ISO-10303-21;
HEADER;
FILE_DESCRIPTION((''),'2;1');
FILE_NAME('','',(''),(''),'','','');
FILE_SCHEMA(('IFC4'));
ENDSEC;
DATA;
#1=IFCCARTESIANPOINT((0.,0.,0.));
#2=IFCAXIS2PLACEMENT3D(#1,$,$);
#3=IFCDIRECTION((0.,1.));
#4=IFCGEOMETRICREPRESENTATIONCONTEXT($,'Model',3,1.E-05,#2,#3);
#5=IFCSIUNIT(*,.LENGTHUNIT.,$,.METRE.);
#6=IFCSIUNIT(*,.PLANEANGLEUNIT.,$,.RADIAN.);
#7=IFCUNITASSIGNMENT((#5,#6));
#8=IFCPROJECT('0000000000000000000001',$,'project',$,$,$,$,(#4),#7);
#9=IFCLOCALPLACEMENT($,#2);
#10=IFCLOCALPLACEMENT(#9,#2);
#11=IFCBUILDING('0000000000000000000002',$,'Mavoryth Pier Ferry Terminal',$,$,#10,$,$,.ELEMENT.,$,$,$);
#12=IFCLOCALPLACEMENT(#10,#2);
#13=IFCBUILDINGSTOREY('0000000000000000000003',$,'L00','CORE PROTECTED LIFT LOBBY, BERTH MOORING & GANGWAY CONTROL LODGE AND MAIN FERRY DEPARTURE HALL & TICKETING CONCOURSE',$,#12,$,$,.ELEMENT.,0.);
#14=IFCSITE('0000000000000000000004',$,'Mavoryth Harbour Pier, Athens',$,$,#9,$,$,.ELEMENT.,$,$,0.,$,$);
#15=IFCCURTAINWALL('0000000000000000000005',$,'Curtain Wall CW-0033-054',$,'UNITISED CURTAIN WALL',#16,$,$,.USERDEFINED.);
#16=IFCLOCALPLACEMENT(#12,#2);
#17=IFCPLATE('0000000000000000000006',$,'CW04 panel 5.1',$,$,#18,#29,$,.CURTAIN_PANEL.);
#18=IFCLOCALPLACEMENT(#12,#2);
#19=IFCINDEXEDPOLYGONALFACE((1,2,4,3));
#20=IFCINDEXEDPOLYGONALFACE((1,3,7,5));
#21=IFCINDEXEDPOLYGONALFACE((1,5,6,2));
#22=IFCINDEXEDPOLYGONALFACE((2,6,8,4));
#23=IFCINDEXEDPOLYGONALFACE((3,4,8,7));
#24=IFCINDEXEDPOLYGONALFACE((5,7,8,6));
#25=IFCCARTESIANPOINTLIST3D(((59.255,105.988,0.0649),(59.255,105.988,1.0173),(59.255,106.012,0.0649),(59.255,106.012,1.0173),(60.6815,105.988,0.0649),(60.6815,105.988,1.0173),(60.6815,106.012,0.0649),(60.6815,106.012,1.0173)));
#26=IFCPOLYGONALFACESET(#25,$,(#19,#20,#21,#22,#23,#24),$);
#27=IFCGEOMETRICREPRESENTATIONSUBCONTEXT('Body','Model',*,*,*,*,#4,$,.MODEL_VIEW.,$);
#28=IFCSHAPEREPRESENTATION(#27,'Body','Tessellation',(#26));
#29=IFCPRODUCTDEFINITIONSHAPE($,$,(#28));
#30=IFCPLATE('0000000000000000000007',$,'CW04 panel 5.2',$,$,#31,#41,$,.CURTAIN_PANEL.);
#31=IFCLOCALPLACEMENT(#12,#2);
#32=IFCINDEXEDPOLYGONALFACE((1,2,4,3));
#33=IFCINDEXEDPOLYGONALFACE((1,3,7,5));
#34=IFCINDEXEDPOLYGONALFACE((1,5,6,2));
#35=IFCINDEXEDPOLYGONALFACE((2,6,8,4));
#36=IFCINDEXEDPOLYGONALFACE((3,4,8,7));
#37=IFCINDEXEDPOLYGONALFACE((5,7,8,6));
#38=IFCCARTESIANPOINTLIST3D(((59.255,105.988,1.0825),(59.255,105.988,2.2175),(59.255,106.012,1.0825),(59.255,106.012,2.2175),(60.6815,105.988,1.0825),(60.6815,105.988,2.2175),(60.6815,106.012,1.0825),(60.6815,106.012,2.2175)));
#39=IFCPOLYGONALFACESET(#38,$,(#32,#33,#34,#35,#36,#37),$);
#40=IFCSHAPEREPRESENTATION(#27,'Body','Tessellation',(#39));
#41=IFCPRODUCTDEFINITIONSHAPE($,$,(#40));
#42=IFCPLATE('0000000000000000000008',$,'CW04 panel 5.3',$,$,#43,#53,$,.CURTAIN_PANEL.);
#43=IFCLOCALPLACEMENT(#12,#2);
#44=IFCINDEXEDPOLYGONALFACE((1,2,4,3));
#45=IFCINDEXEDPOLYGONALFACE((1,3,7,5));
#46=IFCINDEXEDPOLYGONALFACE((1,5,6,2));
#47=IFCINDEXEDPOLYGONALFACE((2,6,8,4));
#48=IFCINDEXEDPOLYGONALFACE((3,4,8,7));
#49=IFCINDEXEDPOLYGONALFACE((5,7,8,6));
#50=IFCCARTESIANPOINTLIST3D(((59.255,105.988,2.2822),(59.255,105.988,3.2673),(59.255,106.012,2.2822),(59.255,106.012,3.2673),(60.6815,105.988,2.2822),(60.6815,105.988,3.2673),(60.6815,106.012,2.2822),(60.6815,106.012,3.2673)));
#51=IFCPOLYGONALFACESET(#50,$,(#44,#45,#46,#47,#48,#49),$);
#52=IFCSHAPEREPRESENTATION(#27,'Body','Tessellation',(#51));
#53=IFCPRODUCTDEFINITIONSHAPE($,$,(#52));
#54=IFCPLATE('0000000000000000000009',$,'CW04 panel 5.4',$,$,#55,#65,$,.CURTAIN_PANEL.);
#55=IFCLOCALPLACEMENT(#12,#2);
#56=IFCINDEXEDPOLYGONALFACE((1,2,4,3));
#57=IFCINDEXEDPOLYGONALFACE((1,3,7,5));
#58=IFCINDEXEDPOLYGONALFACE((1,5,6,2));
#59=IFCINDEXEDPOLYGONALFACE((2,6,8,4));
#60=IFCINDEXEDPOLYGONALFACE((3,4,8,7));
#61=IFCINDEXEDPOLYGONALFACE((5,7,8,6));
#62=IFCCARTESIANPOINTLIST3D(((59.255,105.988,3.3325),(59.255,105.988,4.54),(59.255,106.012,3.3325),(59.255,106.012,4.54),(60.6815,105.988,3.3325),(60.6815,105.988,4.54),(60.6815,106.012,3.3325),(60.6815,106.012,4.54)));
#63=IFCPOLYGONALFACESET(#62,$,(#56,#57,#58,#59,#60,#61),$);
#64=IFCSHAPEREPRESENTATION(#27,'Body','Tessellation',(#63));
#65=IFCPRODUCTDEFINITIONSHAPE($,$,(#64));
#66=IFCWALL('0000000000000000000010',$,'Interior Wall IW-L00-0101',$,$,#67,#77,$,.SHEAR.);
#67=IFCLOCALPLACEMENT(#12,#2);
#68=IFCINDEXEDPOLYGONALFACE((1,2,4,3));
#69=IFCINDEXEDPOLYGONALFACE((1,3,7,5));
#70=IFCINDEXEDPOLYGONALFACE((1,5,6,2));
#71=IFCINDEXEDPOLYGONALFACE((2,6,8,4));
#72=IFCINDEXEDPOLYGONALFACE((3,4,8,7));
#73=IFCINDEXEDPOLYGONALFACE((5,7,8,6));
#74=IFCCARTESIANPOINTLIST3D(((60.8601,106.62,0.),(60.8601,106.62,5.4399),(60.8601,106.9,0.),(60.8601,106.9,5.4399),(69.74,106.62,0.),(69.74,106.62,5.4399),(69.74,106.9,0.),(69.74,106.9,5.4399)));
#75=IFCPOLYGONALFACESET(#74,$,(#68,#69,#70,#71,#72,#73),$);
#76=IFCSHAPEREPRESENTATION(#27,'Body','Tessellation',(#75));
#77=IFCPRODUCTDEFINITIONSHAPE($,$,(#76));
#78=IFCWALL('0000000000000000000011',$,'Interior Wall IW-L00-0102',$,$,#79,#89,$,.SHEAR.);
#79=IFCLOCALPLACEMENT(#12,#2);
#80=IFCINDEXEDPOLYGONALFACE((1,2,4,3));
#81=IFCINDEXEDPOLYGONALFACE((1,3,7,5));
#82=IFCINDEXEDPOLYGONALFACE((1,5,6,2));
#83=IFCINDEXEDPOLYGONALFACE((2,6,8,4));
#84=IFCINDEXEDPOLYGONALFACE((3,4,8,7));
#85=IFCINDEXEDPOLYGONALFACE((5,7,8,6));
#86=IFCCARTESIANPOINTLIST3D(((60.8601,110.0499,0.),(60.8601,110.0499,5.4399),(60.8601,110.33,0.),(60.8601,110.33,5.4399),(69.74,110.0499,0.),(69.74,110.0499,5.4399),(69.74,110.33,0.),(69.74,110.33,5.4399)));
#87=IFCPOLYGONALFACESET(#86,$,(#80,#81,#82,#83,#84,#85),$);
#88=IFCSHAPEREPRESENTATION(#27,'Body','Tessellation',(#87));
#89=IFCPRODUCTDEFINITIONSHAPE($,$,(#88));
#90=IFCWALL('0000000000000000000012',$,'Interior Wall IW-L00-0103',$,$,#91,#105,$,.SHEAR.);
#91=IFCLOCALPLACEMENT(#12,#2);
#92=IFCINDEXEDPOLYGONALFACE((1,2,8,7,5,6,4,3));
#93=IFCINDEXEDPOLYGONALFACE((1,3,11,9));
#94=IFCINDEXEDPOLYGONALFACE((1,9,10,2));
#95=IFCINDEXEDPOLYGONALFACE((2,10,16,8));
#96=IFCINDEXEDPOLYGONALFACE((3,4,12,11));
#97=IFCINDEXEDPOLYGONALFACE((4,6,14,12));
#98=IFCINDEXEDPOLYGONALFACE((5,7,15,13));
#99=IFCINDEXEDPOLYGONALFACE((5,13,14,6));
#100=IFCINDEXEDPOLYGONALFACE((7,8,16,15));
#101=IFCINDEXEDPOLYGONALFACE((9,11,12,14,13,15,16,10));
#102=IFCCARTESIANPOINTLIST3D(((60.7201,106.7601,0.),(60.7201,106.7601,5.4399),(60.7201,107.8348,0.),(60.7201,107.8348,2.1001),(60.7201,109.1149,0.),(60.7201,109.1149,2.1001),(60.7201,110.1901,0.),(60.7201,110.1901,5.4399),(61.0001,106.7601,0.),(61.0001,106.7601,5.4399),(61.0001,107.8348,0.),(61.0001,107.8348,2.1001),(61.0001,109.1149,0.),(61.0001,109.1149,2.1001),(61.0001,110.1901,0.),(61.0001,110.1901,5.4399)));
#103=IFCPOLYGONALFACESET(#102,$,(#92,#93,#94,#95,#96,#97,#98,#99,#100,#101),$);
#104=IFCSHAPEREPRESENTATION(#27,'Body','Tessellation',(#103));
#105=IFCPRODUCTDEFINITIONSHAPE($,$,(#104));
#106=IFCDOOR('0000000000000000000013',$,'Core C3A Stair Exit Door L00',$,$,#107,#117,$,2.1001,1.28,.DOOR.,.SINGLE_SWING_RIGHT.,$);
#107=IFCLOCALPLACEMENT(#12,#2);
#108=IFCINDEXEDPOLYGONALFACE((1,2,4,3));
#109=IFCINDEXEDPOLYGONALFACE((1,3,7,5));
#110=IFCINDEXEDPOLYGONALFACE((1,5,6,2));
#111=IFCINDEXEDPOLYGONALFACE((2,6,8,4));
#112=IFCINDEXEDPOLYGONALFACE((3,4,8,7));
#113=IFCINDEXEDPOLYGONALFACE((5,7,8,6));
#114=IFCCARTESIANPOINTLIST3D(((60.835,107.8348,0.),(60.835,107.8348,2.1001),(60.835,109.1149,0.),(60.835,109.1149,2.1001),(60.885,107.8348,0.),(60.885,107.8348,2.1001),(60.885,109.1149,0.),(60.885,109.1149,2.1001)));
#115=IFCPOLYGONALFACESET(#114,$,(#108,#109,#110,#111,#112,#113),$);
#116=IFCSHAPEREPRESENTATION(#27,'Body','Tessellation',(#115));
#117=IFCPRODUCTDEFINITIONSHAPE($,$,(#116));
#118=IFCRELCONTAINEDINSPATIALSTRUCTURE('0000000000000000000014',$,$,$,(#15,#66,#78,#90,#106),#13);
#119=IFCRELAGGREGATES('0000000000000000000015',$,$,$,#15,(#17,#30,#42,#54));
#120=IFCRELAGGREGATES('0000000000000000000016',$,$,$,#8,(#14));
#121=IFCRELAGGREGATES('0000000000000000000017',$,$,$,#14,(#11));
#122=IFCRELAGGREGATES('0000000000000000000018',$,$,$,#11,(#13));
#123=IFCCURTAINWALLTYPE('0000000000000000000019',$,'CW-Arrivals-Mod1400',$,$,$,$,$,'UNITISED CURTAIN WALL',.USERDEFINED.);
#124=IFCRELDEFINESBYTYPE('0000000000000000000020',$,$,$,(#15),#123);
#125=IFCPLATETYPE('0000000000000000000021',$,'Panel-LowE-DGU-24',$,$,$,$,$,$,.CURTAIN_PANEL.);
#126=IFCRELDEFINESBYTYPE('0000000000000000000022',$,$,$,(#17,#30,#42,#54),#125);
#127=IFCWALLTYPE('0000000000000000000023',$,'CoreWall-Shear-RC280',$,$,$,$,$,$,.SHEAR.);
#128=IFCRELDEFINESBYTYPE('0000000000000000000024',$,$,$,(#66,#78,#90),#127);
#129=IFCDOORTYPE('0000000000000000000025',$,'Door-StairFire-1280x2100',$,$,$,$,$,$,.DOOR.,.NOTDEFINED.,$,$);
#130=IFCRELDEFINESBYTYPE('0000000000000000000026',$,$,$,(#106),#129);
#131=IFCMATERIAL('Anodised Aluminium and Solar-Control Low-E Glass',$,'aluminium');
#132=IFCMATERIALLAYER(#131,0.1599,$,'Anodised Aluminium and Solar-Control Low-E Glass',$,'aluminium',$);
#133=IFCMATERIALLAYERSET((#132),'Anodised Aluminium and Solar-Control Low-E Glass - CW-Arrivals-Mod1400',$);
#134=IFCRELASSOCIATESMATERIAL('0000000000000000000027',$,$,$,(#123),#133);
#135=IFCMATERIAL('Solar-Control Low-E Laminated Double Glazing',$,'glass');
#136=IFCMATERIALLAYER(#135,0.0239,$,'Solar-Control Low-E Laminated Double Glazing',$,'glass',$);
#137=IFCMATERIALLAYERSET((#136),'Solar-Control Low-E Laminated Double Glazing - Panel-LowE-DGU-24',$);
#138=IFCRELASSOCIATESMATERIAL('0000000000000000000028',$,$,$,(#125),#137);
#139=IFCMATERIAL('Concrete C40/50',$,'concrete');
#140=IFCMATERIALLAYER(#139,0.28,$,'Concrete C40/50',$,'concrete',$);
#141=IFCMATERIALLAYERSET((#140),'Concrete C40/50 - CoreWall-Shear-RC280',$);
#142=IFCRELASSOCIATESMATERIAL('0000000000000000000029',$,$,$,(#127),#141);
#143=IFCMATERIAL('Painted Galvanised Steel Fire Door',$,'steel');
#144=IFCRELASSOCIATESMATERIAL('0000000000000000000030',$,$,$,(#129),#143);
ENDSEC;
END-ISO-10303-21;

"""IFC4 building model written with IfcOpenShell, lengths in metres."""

from ifc_helpers import new_model, si_unit, direction, frame, frame_2d, origin, origin_2d, place, context, subcontext, project, spatial, rectangle, extrude, material, layer, layer_set, type_object, element, fill, aggregate, save


model = new_model("IFC4")

# Units and contexts
model_context = context("Model", 3, precision=1e-05, world=origin(), true_north=direction((0.0, 1.0)))
body_context = subcontext(model_context, "Body", "Model", "MODEL_VIEW")
ifc_project = project(units=[si_unit("LENGTHUNIT", "METRE"), si_unit("PLANEANGLEUNIT", "RADIAN")], contexts=[model_context])

# Site, building, storey
site_placement = place(None, origin())
site = spatial("IfcSite", under=ifc_project, at=site_placement, Name="Mavoryth Harbour Pier, Athens", CompositionType="ELEMENT", RefElevation=0.0)
building_placement = place(site_placement, origin())
building = spatial("IfcBuilding", under=site, at=building_placement, Name="Mavoryth Pier Ferry Terminal", CompositionType="ELEMENT")
storey_placement = place(building_placement, origin())
storey = spatial("IfcBuildingStorey", under=building, at=storey_placement, Name="L00", Description="CORE PROTECTED LIFT LOBBY, BERTH MOORING & GANGWAY CONTROL LODGE AND MAIN FERRY DEPARTURE HALL & TICKETING CONCOURSE", CompositionType="ELEMENT", Elevation=0.0)

# Curtain wall, plates
ifc_material_1 = material(Name="Anodised Aluminium and Solar-Control Low-E Glass", Category="aluminium")
ifc_layer_1 = layer(ifc_material_1, 0.1599, Name="Anodised Aluminium and Solar-Control Low-E Glass", Category="aluminium")
ifc_layer_set_1 = layer_set([ifc_layer_1], Name="Anodised Aluminium and Solar-Control Low-E Glass - CW-Arrivals-Mod1400")
curtain_wall_type = type_object("IfcCurtainWallType", Name="CW-Arrivals-Mod1400", ElementType="UNITISED CURTAIN WALL", PredefinedType="USERDEFINED", material=ifc_layer_set_1)
curtain_wall_placement = place(storey_placement, origin())
curtain_wall = element("IfcCurtainWall", 1, at=curtain_wall_placement, inside=storey, type_object=curtain_wall_type, Name="Curtain Wall CW-0033-054", ObjectType="UNITISED CURTAIN WALL", PredefinedType="USERDEFINED")
ifc_material_2 = material(Name="Solar-Control Low-E Laminated Double Glazing", Category="glass")
ifc_layer_2 = layer(ifc_material_2, 0.0239, Name="Solar-Control Low-E Laminated Double Glazing", Category="glass")
ifc_layer_set_2 = layer_set([ifc_layer_2], Name="Solar-Control Low-E Laminated Double Glazing - Panel-LowE-DGU-24")
plate_type = type_object("IfcPlateType", Name="Panel-LowE-DGU-24", PredefinedType="CURTAIN_PANEL", material=ifc_layer_set_2)
plate_1_placement = place(storey_placement, frame((59.9683, 106.0, 0.0649), z_axis=(0.0, 0.0, 1.0), x_axis=(-1.0, 0.0, 0.0)))
plate_1 = element("IfcPlate", 2, at=plate_1_placement, type_object=plate_type, Name="CW04 panel 5.1", PredefinedType="CURTAIN_PANEL", context=body_context, shape_type="SweptSolid", body=[
    extrude(rectangle(XDim=1.4265, YDim=0.0239, at=origin_2d()), origin(), (0.0, 0.0, 1.0), 0.9524),
])
plate_2_placement = place(storey_placement, frame((59.9683, 106.0, 1.0825), z_axis=(0.0, 0.0, 1.0), x_axis=(-1.0, 0.0, 0.0)))
plate_2 = element("IfcPlate", 3, at=plate_2_placement, type_object=plate_type, Name="CW04 panel 5.2", PredefinedType="CURTAIN_PANEL", context=body_context, shape_type="SweptSolid", body=[
    extrude(rectangle(XDim=1.4265, YDim=0.0239, at=origin_2d()), origin(), (0.0, 0.0, 1.0), 1.135),
])
plate_3_placement = place(storey_placement, frame((59.9683, 106.0, 2.2822), z_axis=(0.0, 0.0, 1.0), x_axis=(-1.0, 0.0, 0.0)))
plate_3 = element("IfcPlate", 4, at=plate_3_placement, type_object=plate_type, Name="CW04 panel 5.3", PredefinedType="CURTAIN_PANEL", context=body_context, shape_type="SweptSolid", body=[
    extrude(rectangle(XDim=1.4265, YDim=0.0239, at=origin_2d()), origin(), (0.0, 0.0, 1.0), 0.9851),
])
plate_4_placement = place(storey_placement, frame((59.9683, 106.0, 3.3325), z_axis=(0.0, 0.0, 1.0), x_axis=(-1.0, 0.0, 0.0)))
plate_4 = element("IfcPlate", 5, at=plate_4_placement, type_object=plate_type, Name="CW04 panel 5.4", PredefinedType="CURTAIN_PANEL", context=body_context, shape_type="SweptSolid", body=[
    extrude(rectangle(XDim=1.4265, YDim=0.0239, at=origin_2d()), origin(), (0.0, 0.0, 1.0), 1.2075),
])
aggregate(curtain_wall, [plate_1, plate_2, plate_3, plate_4])

# Walls
ifc_material_3 = material(Name="Concrete C40/50", Category="concrete")
ifc_layer_3 = layer(ifc_material_3, 0.28, Name="Concrete C40/50", Category="concrete")
ifc_layer_set_3 = layer_set([ifc_layer_3], Name="Concrete C40/50 - CoreWall-Shear-RC280")
wall_type = type_object("IfcWallType", Name="CoreWall-Shear-RC280", PredefinedType="SHEAR", material=ifc_layer_set_3)
for number, where, z_axis, x_axis, name in (
    (6, (60.8601, 106.76, 0.0), (0.0, 0.0, 1.0), (1.0, 0.0, 0.0), "Interior Wall IW-L00-0101"),
    (7, (60.8601, 110.1899, 0.0), (0.0, 0.0, 1.0), (1.0, 0.0, 0.0), "Interior Wall IW-L00-0102"),
):
    element("IfcWall", number, at=place(storey_placement, frame(where, z_axis=z_axis, x_axis=x_axis)), inside=storey, type_object=wall_type, Name=name, PredefinedType="SHEAR", context=body_context, shape_type="SweptSolid", body=[
        extrude(rectangle(XDim=8.8799, YDim=0.28, at=frame_2d((4.4399, 0.0))), origin(), (0.0, 0.0, 1.0), 5.4399),
    ])

# Wall, opening, door
wall_placement = place(storey_placement, frame((60.8601, 110.1899, 0.0), z_axis=(0.0, 0.0, 1.0), x_axis=(0.0, -1.0, 0.0)))
wall = element("IfcWall", 8, at=wall_placement, inside=storey, type_object=wall_type, Name="Interior Wall IW-L00-0103", PredefinedType="SHEAR", context=body_context, shape_type="SweptSolid", body=[
    extrude(rectangle(XDim=3.4299, YDim=0.28, at=frame_2d((1.7148, 0.0))), origin(), (0.0, 0.0, 1.0), 5.4399),
])
opening_placement = place(wall_placement, frame((1.075, 0.0, 0.0)))
opening = element("IfcOpeningElement", 9, at=opening_placement, cuts=wall, PredefinedType="OPENING", context=body_context, shape_type="SweptSolid", body=[
    extrude(rectangle(XDim=1.28, YDim=2.1001, at=frame_2d((0.6401, 1.05))), frame((0.0, 0.1499, 0.0), z_axis=(0.0, -1.0, 0.0), x_axis=(1.0, 0.0, 0.0)), (0.0, 0.0, 1.0), 0.3),
])
ifc_material_4 = material(Name="Painted Galvanised Steel Fire Door", Category="steel")
door_type = type_object("IfcDoorType", Name="Door-StairFire-1280x2100", OperationType="NOTDEFINED", PredefinedType="DOOR", material=ifc_material_4)
door_placement = place(opening_placement, origin())
door = element("IfcDoor", 10, at=door_placement, inside=storey, type_object=door_type, Name="Core C3A Stair Exit Door L00", OperationType="SINGLE_SWING_RIGHT", OverallHeight=2.1001, OverallWidth=1.28, PredefinedType="DOOR", context=body_context, shape_type="SweptSolid", body=[
    extrude(rectangle(XDim=1.28, YDim=2.1001, at=frame_2d((0.6401, 1.05))), frame((0.0, 0.0249, 0.0), z_axis=(0.0, -1.0, 0.0), x_axis=(1.0, 0.0, 0.0)), (0.0, 0.0, 1.0), 0.05),
])
fill(opening, door)

save(model, "model.ifc")
